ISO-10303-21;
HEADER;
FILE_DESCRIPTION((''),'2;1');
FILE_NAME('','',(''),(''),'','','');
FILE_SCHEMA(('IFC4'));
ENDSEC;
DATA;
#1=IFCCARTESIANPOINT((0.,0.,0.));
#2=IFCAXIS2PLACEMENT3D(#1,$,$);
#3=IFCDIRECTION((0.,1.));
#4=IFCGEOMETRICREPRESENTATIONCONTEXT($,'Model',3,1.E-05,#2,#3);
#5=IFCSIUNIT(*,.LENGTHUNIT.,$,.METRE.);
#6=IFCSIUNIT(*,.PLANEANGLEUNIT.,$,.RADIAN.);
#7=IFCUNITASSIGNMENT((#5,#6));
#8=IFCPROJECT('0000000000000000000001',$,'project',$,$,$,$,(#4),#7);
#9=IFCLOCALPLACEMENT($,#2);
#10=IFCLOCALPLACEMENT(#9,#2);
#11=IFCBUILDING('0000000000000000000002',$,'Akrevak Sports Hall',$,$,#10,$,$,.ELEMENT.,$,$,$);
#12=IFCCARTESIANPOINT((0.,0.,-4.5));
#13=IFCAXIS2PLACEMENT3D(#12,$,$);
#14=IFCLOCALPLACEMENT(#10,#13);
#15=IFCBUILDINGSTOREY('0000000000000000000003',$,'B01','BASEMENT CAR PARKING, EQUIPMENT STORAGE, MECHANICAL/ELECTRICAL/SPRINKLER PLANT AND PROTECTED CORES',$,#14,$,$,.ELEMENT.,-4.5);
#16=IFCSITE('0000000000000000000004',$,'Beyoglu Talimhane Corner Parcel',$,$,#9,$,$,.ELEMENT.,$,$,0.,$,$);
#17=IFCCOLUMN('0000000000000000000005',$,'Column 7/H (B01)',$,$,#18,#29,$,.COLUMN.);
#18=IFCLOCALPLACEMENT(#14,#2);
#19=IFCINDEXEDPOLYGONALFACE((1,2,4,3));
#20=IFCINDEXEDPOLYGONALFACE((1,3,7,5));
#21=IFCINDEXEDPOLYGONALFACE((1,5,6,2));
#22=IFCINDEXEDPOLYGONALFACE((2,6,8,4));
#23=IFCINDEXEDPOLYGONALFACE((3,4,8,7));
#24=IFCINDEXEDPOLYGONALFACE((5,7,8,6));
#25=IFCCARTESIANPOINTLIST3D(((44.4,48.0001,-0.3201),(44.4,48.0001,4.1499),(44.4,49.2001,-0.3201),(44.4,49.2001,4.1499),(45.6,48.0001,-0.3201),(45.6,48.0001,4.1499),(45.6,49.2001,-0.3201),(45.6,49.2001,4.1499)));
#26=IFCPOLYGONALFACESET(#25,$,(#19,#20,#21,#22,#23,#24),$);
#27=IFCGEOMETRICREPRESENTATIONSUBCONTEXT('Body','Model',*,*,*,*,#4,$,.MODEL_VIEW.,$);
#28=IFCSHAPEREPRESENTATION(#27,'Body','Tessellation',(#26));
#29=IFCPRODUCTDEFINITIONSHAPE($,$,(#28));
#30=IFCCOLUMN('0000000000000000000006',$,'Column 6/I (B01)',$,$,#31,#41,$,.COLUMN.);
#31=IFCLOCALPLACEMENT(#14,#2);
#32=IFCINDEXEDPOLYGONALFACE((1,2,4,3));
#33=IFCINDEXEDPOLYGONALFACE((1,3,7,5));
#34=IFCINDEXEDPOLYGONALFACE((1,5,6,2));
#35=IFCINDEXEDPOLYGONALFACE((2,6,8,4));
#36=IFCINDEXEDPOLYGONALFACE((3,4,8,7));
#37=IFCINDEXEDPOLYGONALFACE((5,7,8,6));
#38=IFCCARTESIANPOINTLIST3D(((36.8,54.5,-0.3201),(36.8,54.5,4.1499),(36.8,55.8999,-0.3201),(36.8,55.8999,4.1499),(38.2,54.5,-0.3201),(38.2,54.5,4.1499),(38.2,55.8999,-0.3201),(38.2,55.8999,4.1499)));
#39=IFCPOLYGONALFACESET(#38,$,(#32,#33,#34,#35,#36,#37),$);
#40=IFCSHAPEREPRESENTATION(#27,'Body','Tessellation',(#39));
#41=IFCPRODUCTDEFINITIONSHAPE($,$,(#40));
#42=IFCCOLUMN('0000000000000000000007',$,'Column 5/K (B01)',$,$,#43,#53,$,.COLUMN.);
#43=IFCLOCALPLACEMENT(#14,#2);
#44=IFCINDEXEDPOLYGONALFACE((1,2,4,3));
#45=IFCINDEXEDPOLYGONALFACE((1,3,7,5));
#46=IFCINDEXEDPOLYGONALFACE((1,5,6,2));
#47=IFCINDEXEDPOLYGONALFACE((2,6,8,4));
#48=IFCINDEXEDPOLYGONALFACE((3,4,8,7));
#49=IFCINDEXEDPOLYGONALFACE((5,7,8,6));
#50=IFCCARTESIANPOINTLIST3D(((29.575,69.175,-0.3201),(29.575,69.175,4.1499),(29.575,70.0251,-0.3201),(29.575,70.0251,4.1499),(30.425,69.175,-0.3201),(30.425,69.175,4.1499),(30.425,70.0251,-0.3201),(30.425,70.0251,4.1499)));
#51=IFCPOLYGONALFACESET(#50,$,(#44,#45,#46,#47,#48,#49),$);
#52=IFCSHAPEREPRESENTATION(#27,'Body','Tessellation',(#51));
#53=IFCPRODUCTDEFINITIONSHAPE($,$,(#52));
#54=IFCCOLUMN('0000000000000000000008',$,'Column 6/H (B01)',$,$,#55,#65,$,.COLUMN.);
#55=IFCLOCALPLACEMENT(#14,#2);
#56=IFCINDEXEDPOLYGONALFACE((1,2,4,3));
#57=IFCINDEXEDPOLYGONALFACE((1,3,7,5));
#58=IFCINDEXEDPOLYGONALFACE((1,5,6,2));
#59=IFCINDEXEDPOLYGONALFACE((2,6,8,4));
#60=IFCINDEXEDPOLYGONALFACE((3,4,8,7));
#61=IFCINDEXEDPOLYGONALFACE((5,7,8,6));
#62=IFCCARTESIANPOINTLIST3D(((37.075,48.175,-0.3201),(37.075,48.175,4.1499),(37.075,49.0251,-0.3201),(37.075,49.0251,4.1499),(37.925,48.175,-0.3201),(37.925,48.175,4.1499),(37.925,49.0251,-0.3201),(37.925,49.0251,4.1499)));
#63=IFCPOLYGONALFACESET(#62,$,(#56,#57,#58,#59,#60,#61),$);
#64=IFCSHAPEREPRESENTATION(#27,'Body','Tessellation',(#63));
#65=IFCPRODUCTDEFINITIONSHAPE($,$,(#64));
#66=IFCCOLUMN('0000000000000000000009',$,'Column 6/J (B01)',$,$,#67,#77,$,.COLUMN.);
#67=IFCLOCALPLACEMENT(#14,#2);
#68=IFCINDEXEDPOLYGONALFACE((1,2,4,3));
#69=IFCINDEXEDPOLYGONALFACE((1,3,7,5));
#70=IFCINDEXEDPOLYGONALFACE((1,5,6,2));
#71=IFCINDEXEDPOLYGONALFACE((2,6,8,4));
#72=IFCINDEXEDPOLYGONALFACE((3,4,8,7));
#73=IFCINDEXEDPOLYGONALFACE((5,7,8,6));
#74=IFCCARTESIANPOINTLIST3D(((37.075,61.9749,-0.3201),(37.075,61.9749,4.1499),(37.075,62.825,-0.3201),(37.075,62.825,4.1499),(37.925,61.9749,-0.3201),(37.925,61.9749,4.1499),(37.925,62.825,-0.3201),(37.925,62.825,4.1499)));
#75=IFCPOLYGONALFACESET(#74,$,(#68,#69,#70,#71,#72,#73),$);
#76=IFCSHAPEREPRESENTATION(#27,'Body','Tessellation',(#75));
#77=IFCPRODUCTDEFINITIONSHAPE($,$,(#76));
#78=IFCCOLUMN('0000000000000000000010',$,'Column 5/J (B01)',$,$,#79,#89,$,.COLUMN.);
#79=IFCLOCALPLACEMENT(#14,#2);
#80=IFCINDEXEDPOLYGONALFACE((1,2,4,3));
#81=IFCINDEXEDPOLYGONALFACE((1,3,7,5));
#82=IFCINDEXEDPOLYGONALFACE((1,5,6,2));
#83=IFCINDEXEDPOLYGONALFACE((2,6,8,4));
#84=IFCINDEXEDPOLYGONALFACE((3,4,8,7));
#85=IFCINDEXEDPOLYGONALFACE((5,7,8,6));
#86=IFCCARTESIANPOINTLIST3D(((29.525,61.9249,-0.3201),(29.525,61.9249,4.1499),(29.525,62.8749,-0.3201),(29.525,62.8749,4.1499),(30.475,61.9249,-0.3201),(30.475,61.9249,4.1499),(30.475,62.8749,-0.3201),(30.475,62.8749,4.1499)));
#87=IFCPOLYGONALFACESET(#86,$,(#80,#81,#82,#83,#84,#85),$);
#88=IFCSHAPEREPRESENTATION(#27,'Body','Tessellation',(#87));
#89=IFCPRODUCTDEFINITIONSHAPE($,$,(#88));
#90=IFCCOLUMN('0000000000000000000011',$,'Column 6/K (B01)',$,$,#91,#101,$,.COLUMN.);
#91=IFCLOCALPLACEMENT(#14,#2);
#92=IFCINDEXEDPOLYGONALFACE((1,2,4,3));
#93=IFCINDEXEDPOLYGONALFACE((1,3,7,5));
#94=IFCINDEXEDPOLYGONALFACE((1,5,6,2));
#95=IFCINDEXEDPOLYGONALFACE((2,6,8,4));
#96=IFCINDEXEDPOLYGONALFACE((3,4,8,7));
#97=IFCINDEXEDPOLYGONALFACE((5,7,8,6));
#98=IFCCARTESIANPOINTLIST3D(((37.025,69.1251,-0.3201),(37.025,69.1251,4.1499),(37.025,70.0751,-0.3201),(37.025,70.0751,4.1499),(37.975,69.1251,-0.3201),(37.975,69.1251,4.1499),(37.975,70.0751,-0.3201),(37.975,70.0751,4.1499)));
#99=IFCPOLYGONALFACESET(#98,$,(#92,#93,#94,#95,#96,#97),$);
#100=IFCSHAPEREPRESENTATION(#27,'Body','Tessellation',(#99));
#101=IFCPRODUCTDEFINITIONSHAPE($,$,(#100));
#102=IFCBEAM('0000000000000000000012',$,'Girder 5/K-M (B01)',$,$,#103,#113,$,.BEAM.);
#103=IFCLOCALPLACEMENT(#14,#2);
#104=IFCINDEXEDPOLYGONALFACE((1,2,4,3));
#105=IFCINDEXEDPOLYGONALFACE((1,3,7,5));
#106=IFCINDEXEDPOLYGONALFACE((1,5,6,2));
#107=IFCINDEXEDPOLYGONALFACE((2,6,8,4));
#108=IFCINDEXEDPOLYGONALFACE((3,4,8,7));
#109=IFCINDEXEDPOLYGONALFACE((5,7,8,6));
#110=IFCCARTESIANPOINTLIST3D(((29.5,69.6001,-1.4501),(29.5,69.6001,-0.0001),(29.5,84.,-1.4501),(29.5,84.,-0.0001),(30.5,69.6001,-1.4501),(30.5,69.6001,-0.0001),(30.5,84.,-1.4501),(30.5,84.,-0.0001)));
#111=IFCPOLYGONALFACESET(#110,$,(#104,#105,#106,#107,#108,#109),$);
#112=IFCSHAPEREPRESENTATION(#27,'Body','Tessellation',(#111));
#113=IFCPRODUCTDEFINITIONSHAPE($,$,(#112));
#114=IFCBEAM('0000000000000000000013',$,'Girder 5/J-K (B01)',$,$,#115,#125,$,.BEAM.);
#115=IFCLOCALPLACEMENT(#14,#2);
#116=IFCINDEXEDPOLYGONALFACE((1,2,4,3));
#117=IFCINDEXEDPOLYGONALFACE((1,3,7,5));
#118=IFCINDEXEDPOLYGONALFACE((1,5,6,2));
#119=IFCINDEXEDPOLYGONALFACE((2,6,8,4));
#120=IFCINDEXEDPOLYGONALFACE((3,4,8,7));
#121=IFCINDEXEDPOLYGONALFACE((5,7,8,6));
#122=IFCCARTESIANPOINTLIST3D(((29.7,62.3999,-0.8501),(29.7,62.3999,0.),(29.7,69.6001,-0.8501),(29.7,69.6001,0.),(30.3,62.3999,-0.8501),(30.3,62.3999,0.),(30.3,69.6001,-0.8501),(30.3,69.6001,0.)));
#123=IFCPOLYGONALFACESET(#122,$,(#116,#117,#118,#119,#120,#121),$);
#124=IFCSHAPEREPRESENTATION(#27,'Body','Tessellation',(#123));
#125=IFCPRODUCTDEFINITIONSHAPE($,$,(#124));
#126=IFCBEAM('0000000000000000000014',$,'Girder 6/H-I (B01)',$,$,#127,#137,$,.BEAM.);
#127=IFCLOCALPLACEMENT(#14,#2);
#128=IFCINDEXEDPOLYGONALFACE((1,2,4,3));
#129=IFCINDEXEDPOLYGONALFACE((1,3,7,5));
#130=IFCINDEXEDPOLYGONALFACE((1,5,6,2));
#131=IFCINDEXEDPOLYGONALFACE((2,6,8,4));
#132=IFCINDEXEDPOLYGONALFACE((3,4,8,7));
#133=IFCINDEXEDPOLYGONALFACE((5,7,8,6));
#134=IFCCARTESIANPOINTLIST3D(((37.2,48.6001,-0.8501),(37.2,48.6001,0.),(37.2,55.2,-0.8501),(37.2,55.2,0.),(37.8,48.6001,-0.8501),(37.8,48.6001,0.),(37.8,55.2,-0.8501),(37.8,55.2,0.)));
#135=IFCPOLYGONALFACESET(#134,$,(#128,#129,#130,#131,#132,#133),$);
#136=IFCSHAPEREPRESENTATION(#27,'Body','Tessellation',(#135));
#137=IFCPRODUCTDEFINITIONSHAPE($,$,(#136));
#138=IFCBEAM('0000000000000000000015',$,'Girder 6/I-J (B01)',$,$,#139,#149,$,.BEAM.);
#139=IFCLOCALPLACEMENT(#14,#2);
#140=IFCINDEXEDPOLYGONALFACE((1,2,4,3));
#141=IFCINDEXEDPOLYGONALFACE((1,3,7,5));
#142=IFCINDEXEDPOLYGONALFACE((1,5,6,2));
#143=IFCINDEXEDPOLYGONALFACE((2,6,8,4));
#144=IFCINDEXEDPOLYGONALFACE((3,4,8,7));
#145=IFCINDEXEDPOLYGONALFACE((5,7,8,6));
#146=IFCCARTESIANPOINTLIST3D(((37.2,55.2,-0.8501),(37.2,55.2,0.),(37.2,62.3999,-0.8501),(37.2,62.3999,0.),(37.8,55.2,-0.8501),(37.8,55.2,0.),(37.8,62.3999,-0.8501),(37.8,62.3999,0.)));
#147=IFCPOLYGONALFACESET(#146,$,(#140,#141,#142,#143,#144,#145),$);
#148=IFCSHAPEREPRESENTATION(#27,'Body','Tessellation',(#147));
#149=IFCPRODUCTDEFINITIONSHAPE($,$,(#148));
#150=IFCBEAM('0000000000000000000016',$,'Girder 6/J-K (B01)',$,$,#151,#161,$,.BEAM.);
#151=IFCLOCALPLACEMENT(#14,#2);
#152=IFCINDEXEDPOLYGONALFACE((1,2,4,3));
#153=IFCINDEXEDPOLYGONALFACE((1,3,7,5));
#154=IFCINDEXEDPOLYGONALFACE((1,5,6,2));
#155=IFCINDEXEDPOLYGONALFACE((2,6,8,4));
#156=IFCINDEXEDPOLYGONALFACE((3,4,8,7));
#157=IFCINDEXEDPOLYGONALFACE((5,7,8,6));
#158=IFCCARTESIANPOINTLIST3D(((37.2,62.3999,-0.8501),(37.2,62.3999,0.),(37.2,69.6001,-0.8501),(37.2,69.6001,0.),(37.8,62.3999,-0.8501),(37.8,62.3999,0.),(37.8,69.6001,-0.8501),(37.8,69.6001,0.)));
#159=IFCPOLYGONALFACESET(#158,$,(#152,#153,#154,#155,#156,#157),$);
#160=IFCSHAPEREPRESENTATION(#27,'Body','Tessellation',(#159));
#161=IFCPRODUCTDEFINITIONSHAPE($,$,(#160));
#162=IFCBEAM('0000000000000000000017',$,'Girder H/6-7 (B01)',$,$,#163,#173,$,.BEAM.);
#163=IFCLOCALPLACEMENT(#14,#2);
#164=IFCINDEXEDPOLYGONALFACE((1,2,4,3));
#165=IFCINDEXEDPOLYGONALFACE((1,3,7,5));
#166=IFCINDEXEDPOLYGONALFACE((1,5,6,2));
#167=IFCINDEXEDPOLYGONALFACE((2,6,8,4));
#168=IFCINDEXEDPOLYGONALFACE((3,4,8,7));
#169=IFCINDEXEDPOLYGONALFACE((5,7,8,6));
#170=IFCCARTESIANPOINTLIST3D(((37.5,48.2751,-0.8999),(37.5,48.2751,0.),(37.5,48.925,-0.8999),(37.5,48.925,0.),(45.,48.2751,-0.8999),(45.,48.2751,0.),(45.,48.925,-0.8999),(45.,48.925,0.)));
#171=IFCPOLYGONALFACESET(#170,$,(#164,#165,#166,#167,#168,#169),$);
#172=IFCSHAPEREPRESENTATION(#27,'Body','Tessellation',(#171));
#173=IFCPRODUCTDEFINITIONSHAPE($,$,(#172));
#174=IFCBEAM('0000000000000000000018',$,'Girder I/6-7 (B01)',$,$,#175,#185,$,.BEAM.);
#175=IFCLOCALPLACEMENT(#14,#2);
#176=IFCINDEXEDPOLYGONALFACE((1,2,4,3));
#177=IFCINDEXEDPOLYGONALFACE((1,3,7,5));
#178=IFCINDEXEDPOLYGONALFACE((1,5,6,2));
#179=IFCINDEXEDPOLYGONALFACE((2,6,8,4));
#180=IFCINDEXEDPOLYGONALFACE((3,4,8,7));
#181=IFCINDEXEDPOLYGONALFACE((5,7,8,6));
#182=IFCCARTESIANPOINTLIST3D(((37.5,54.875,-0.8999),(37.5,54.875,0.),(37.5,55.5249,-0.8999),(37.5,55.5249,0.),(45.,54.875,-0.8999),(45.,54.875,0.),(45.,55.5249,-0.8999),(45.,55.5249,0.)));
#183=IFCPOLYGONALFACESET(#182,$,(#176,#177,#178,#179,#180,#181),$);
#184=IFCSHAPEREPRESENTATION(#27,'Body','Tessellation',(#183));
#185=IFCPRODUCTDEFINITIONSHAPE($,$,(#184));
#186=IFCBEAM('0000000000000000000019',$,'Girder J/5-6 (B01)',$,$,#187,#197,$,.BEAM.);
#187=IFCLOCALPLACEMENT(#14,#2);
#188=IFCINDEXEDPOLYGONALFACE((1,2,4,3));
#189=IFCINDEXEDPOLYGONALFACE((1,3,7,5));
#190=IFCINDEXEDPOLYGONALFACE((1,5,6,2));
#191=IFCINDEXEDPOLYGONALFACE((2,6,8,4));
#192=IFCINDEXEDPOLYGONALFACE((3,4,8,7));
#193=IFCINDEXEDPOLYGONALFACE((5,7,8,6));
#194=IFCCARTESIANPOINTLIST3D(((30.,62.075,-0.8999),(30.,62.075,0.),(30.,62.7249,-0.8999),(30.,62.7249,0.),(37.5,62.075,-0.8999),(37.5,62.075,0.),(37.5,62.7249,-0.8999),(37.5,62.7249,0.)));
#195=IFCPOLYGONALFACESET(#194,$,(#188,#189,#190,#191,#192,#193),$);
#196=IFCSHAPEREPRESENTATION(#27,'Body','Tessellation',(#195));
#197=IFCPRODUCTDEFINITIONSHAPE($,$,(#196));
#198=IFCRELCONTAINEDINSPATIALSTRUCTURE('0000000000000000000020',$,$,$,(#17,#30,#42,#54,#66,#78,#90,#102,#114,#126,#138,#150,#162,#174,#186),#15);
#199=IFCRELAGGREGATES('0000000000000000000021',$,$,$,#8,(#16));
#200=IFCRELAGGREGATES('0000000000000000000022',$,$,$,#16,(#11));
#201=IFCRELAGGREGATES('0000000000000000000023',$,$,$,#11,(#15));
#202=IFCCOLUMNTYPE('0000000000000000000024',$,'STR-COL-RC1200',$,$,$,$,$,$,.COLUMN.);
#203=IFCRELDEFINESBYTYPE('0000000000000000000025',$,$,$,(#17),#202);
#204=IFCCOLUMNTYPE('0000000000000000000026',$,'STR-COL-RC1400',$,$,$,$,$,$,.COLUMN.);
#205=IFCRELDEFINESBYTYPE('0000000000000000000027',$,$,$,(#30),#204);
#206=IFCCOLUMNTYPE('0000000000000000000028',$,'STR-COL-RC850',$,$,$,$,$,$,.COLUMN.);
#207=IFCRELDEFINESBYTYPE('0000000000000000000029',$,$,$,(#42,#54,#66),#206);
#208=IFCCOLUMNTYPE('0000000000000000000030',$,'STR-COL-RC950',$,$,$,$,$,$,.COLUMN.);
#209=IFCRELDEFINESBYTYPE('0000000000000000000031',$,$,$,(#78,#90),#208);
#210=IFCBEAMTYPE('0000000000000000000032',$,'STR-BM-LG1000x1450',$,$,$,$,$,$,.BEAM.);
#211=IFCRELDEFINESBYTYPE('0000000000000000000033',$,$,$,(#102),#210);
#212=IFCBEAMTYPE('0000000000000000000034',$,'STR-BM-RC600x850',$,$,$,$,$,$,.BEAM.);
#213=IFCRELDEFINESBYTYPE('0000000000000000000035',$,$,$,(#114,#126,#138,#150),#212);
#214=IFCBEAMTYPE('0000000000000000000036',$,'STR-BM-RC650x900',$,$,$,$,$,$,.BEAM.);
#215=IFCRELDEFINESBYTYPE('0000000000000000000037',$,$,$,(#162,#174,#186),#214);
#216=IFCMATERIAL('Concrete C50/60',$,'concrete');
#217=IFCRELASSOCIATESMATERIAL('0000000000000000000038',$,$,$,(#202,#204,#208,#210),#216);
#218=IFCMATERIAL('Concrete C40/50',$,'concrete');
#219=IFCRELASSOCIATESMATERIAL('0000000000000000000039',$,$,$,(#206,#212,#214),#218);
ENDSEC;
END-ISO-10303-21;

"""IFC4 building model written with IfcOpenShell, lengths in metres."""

from ifc_helpers import new_model, si_unit, direction, frame, origin, origin_2d, place, context, subcontext, project, spatial, rectangle, extrude, material, material_profile, profile_set, type_object, element, save


model = new_model("IFC4")

# Units and contexts
model_context = context("Model", 3, precision=1e-05, world=origin(), true_north=direction((0.0, 1.0)))
body_context = subcontext(model_context, "Body", "Model", "MODEL_VIEW")
ifc_project = project(units=[si_unit("LENGTHUNIT", "METRE"), si_unit("PLANEANGLEUNIT", "RADIAN")], contexts=[model_context])

# Site, building, storey
site_placement = place(None, origin())
site = spatial("IfcSite", under=ifc_project, at=site_placement, Name="Beyoglu Talimhane Corner Parcel", CompositionType="ELEMENT", RefElevation=0.0)
building_placement = place(site_placement, origin())
building = spatial("IfcBuilding", under=site, at=building_placement, Name="Akrevak Sports Hall", CompositionType="ELEMENT")
storey_placement = place(building_placement, frame((0.0, 0.0, -4.5)))
storey = spatial("IfcBuildingStorey", under=building, at=storey_placement, Name="B01", Description="BASEMENT CAR PARKING, EQUIPMENT STORAGE, MECHANICAL/ELECTRICAL/SPRINKLER PLANT AND PROTECTED CORES", CompositionType="ELEMENT", Elevation=-4.5)

# Columns
ifc_material_1 = material(Name="Concrete C50/60", Category="concrete")
ifc_material_profile_1 = material_profile(ifc_material_1, rectangle(XDim=1.2, YDim=1.2, at=origin_2d()), Name="RC 1200x1200", Category="concrete")
ifc_profile_set_1 = profile_set([ifc_material_profile_1], Name="Concrete C50/60")
column_type_1 = type_object("IfcColumnType", Name="STR-COL-RC1200", PredefinedType="COLUMN", material=ifc_profile_set_1)
column_1_placement = place(storey_placement, frame((45.0, 48.6001, -0.3201), z_axis=(0.0, 0.0, 1.0), x_axis=(1.0, 0.0, 0.0)))
element("IfcColumn", 1, at=column_1_placement, inside=storey, type_object=column_type_1, Name="Column 7/H (B01)", PredefinedType="COLUMN", context=body_context, shape_type="SweptSolid", body=[
    extrude(rectangle(XDim=1.2, YDim=1.2, at=origin_2d()), origin(), (0.0, 0.0, 1.0), 4.47),
])
ifc_material_profile_2 = material_profile(ifc_material_1, rectangle(XDim=1.3999, YDim=1.3999, at=origin_2d()), Name="RC 1400x1400", Category="concrete")
ifc_profile_set_2 = profile_set([ifc_material_profile_2], Name="Concrete C50/60")
column_type_2 = type_object("IfcColumnType", Name="STR-COL-RC1400", PredefinedType="COLUMN", material=ifc_profile_set_2)
column_2_placement = place(storey_placement, frame((37.5, 55.2, -0.3201), z_axis=(0.0, 0.0, 1.0), x_axis=(1.0, 0.0, 0.0)))
element("IfcColumn", 2, at=column_2_placement, inside=storey, type_object=column_type_2, Name="Column 6/I (B01)", PredefinedType="COLUMN", context=body_context, shape_type="SweptSolid", body=[
    extrude(rectangle(XDim=1.3999, YDim=1.3999, at=origin_2d()), origin(), (0.0, 0.0, 1.0), 4.47),
])
ifc_material_2 = material(Name="Concrete C40/50", Category="concrete")
ifc_material_profile_3 = material_profile(ifc_material_2, rectangle(XDim=0.8501, YDim=0.8501, at=origin_2d()), Name="RC 850x850", Category="concrete")
ifc_profile_set_3 = profile_set([ifc_material_profile_3], Name="Concrete C40/50")
column_type_3 = type_object("IfcColumnType", Name="STR-COL-RC850", PredefinedType="COLUMN", material=ifc_profile_set_3)
for number, where, z_axis, x_axis, name in (
    (3, (30.0, 69.6001, -0.3201), (0.0, 0.0, 1.0), (1.0, 0.0, 0.0), "Column 5/K (B01)"),
    (4, (37.5, 48.6001, -0.3201), (0.0, 0.0, 1.0), (1.0, 0.0, 0.0), "Column 6/H (B01)"),
    (5, (37.5, 62.3999, -0.3201), (0.0, 0.0, 1.0), (1.0, 0.0, 0.0), "Column 6/J (B01)"),
):
    element("IfcColumn", number, at=place(storey_placement, frame(where, z_axis=z_axis, x_axis=x_axis)), inside=storey, type_object=column_type_3, Name=name, PredefinedType="COLUMN", context=body_context, shape_type="SweptSolid", body=[
        extrude(rectangle(XDim=0.8501, YDim=0.8501, at=origin_2d()), origin(), (0.0, 0.0, 1.0), 4.47),
    ])
ifc_material_profile_4 = material_profile(ifc_material_1, rectangle(XDim=0.95, YDim=0.95, at=origin_2d()), Name="RC 950x950", Category="concrete")
ifc_profile_set_4 = profile_set([ifc_material_profile_4], Name="Concrete C50/60")
column_type_4 = type_object("IfcColumnType", Name="STR-COL-RC950", PredefinedType="COLUMN", material=ifc_profile_set_4)
for number, where, z_axis, x_axis, name in (
    (6, (30.0, 62.3999, -0.3201), (0.0, 0.0, 1.0), (1.0, 0.0, 0.0), "Column 5/J (B01)"),
    (7, (37.5, 69.6001, -0.3201), (0.0, 0.0, 1.0), (1.0, 0.0, 0.0), "Column 6/K (B01)"),
):
    element("IfcColumn", number, at=place(storey_placement, frame(where, z_axis=z_axis, x_axis=x_axis)), inside=storey, type_object=column_type_4, Name=name, PredefinedType="COLUMN", context=body_context, shape_type="SweptSolid", body=[
        extrude(rectangle(XDim=0.95, YDim=0.95, at=origin_2d()), origin(), (0.0, 0.0, 1.0), 4.47),
    ])

# Beams
ifc_material_profile_5 = material_profile(ifc_material_1, rectangle(XDim=1.0, YDim=1.45, at=origin_2d()), Name="BM 1000x1450", Category="concrete")
ifc_profile_set_5 = profile_set([ifc_material_profile_5], Name="Concrete C50/60")
beam_type_1 = type_object("IfcBeamType", Name="STR-BM-LG1000x1450", PredefinedType="BEAM", material=ifc_profile_set_5)
beam_1_placement = place(storey_placement, frame((30.0, 69.6001, -0.7251), z_axis=(0.0, 1.0, 0.0), x_axis=(-1.0, 0.0, 0.0)))
element("IfcBeam", 8, at=beam_1_placement, inside=storey, type_object=beam_type_1, Name="Girder 5/K-M (B01)", PredefinedType="BEAM", context=body_context, shape_type="SweptSolid", body=[
    extrude(rectangle(XDim=1.0, YDim=1.45, at=origin_2d()), origin(), (0.0, 0.0, 1.0), 14.3999),
])
ifc_material_profile_6 = material_profile(ifc_material_2, rectangle(XDim=0.6001, YDim=0.8501, at=origin_2d()), Name="BM 600x850", Category="concrete")
ifc_profile_set_6 = profile_set([ifc_material_profile_6], Name="Concrete C40/50")
beam_type_2 = type_object("IfcBeamType", Name="STR-BM-RC600x850", PredefinedType="BEAM", material=ifc_profile_set_6)
beam_2_placement = place(storey_placement, frame((30.0, 62.3999, -0.425), z_axis=(0.0, 1.0, 0.0), x_axis=(-1.0, 0.0, 0.0)))
element("IfcBeam", 9, at=beam_2_placement, inside=storey, type_object=beam_type_2, Name="Girder 5/J-K (B01)", PredefinedType="BEAM", context=body_context, shape_type="SweptSolid", body=[
    extrude(rectangle(XDim=0.6001, YDim=0.8501, at=origin_2d()), origin(), (0.0, 0.0, 1.0), 7.2002),
])
beam_3_placement = place(storey_placement, frame((37.5, 48.6001, -0.425), z_axis=(0.0, 1.0, 0.0), x_axis=(-1.0, 0.0, 0.0)))
element("IfcBeam", 10, at=beam_3_placement, inside=storey, type_object=beam_type_2, Name="Girder 6/H-I (B01)", PredefinedType="BEAM", context=body_context, shape_type="SweptSolid", body=[
    extrude(rectangle(XDim=0.6001, YDim=0.8501, at=origin_2d()), origin(), (0.0, 0.0, 1.0), 6.5999),
])
beam_4_placement = place(storey_placement, frame((37.5, 55.2, -0.425), z_axis=(0.0, 1.0, 0.0), x_axis=(-1.0, 0.0, 0.0)))
element("IfcBeam", 11, at=beam_4_placement, inside=storey, type_object=beam_type_2, Name="Girder 6/I-J (B01)", PredefinedType="BEAM", context=body_context, shape_type="SweptSolid", body=[
    extrude(rectangle(XDim=0.6001, YDim=0.8501, at=origin_2d()), origin(), (0.0, 0.0, 1.0), 7.2),
])
beam_5_placement = place(storey_placement, frame((37.5, 62.3999, -0.425), z_axis=(0.0, 1.0, 0.0), x_axis=(-1.0, 0.0, 0.0)))
element("IfcBeam", 12, at=beam_5_placement, inside=storey, type_object=beam_type_2, Name="Girder 6/J-K (B01)", PredefinedType="BEAM", context=body_context, shape_type="SweptSolid", body=[
    extrude(rectangle(XDim=0.6001, YDim=0.8501, at=origin_2d()), origin(), (0.0, 0.0, 1.0), 7.2002),
])
ifc_material_profile_7 = material_profile(ifc_material_2, rectangle(XDim=0.6499, YDim=0.8999, at=origin_2d()), Name="BM 650x900", Category="concrete")
ifc_profile_set_7 = profile_set([ifc_material_profile_7], Name="Concrete C40/50")
beam_type_3 = type_object("IfcBeamType", Name="STR-BM-RC650x900", PredefinedType="BEAM", material=ifc_profile_set_7)
for number, where, z_axis, x_axis, name in (
    (13, (37.5, 48.6001, -0.45), (1.0, 0.0, 0.0), (0.0, 1.0, 0.0), "Girder H/6-7 (B01)"),
    (14, (37.5, 55.2, -0.45), (1.0, 0.0, 0.0), (0.0, 1.0, 0.0), "Girder I/6-7 (B01)"),
    (15, (30.0, 62.3999, -0.45), (1.0, 0.0, 0.0), (0.0, 1.0, 0.0), "Girder J/5-6 (B01)"),
):
    element("IfcBeam", number, at=place(storey_placement, frame(where, z_axis=z_axis, x_axis=x_axis)), inside=storey, type_object=beam_type_3, Name=name, PredefinedType="BEAM", context=body_context, shape_type="SweptSolid", body=[
        extrude(rectangle(XDim=0.6499, YDim=0.8999, at=origin_2d()), origin(), (0.0, 0.0, 1.0), 7.5),
    ])

save(model, "model.ifc")
